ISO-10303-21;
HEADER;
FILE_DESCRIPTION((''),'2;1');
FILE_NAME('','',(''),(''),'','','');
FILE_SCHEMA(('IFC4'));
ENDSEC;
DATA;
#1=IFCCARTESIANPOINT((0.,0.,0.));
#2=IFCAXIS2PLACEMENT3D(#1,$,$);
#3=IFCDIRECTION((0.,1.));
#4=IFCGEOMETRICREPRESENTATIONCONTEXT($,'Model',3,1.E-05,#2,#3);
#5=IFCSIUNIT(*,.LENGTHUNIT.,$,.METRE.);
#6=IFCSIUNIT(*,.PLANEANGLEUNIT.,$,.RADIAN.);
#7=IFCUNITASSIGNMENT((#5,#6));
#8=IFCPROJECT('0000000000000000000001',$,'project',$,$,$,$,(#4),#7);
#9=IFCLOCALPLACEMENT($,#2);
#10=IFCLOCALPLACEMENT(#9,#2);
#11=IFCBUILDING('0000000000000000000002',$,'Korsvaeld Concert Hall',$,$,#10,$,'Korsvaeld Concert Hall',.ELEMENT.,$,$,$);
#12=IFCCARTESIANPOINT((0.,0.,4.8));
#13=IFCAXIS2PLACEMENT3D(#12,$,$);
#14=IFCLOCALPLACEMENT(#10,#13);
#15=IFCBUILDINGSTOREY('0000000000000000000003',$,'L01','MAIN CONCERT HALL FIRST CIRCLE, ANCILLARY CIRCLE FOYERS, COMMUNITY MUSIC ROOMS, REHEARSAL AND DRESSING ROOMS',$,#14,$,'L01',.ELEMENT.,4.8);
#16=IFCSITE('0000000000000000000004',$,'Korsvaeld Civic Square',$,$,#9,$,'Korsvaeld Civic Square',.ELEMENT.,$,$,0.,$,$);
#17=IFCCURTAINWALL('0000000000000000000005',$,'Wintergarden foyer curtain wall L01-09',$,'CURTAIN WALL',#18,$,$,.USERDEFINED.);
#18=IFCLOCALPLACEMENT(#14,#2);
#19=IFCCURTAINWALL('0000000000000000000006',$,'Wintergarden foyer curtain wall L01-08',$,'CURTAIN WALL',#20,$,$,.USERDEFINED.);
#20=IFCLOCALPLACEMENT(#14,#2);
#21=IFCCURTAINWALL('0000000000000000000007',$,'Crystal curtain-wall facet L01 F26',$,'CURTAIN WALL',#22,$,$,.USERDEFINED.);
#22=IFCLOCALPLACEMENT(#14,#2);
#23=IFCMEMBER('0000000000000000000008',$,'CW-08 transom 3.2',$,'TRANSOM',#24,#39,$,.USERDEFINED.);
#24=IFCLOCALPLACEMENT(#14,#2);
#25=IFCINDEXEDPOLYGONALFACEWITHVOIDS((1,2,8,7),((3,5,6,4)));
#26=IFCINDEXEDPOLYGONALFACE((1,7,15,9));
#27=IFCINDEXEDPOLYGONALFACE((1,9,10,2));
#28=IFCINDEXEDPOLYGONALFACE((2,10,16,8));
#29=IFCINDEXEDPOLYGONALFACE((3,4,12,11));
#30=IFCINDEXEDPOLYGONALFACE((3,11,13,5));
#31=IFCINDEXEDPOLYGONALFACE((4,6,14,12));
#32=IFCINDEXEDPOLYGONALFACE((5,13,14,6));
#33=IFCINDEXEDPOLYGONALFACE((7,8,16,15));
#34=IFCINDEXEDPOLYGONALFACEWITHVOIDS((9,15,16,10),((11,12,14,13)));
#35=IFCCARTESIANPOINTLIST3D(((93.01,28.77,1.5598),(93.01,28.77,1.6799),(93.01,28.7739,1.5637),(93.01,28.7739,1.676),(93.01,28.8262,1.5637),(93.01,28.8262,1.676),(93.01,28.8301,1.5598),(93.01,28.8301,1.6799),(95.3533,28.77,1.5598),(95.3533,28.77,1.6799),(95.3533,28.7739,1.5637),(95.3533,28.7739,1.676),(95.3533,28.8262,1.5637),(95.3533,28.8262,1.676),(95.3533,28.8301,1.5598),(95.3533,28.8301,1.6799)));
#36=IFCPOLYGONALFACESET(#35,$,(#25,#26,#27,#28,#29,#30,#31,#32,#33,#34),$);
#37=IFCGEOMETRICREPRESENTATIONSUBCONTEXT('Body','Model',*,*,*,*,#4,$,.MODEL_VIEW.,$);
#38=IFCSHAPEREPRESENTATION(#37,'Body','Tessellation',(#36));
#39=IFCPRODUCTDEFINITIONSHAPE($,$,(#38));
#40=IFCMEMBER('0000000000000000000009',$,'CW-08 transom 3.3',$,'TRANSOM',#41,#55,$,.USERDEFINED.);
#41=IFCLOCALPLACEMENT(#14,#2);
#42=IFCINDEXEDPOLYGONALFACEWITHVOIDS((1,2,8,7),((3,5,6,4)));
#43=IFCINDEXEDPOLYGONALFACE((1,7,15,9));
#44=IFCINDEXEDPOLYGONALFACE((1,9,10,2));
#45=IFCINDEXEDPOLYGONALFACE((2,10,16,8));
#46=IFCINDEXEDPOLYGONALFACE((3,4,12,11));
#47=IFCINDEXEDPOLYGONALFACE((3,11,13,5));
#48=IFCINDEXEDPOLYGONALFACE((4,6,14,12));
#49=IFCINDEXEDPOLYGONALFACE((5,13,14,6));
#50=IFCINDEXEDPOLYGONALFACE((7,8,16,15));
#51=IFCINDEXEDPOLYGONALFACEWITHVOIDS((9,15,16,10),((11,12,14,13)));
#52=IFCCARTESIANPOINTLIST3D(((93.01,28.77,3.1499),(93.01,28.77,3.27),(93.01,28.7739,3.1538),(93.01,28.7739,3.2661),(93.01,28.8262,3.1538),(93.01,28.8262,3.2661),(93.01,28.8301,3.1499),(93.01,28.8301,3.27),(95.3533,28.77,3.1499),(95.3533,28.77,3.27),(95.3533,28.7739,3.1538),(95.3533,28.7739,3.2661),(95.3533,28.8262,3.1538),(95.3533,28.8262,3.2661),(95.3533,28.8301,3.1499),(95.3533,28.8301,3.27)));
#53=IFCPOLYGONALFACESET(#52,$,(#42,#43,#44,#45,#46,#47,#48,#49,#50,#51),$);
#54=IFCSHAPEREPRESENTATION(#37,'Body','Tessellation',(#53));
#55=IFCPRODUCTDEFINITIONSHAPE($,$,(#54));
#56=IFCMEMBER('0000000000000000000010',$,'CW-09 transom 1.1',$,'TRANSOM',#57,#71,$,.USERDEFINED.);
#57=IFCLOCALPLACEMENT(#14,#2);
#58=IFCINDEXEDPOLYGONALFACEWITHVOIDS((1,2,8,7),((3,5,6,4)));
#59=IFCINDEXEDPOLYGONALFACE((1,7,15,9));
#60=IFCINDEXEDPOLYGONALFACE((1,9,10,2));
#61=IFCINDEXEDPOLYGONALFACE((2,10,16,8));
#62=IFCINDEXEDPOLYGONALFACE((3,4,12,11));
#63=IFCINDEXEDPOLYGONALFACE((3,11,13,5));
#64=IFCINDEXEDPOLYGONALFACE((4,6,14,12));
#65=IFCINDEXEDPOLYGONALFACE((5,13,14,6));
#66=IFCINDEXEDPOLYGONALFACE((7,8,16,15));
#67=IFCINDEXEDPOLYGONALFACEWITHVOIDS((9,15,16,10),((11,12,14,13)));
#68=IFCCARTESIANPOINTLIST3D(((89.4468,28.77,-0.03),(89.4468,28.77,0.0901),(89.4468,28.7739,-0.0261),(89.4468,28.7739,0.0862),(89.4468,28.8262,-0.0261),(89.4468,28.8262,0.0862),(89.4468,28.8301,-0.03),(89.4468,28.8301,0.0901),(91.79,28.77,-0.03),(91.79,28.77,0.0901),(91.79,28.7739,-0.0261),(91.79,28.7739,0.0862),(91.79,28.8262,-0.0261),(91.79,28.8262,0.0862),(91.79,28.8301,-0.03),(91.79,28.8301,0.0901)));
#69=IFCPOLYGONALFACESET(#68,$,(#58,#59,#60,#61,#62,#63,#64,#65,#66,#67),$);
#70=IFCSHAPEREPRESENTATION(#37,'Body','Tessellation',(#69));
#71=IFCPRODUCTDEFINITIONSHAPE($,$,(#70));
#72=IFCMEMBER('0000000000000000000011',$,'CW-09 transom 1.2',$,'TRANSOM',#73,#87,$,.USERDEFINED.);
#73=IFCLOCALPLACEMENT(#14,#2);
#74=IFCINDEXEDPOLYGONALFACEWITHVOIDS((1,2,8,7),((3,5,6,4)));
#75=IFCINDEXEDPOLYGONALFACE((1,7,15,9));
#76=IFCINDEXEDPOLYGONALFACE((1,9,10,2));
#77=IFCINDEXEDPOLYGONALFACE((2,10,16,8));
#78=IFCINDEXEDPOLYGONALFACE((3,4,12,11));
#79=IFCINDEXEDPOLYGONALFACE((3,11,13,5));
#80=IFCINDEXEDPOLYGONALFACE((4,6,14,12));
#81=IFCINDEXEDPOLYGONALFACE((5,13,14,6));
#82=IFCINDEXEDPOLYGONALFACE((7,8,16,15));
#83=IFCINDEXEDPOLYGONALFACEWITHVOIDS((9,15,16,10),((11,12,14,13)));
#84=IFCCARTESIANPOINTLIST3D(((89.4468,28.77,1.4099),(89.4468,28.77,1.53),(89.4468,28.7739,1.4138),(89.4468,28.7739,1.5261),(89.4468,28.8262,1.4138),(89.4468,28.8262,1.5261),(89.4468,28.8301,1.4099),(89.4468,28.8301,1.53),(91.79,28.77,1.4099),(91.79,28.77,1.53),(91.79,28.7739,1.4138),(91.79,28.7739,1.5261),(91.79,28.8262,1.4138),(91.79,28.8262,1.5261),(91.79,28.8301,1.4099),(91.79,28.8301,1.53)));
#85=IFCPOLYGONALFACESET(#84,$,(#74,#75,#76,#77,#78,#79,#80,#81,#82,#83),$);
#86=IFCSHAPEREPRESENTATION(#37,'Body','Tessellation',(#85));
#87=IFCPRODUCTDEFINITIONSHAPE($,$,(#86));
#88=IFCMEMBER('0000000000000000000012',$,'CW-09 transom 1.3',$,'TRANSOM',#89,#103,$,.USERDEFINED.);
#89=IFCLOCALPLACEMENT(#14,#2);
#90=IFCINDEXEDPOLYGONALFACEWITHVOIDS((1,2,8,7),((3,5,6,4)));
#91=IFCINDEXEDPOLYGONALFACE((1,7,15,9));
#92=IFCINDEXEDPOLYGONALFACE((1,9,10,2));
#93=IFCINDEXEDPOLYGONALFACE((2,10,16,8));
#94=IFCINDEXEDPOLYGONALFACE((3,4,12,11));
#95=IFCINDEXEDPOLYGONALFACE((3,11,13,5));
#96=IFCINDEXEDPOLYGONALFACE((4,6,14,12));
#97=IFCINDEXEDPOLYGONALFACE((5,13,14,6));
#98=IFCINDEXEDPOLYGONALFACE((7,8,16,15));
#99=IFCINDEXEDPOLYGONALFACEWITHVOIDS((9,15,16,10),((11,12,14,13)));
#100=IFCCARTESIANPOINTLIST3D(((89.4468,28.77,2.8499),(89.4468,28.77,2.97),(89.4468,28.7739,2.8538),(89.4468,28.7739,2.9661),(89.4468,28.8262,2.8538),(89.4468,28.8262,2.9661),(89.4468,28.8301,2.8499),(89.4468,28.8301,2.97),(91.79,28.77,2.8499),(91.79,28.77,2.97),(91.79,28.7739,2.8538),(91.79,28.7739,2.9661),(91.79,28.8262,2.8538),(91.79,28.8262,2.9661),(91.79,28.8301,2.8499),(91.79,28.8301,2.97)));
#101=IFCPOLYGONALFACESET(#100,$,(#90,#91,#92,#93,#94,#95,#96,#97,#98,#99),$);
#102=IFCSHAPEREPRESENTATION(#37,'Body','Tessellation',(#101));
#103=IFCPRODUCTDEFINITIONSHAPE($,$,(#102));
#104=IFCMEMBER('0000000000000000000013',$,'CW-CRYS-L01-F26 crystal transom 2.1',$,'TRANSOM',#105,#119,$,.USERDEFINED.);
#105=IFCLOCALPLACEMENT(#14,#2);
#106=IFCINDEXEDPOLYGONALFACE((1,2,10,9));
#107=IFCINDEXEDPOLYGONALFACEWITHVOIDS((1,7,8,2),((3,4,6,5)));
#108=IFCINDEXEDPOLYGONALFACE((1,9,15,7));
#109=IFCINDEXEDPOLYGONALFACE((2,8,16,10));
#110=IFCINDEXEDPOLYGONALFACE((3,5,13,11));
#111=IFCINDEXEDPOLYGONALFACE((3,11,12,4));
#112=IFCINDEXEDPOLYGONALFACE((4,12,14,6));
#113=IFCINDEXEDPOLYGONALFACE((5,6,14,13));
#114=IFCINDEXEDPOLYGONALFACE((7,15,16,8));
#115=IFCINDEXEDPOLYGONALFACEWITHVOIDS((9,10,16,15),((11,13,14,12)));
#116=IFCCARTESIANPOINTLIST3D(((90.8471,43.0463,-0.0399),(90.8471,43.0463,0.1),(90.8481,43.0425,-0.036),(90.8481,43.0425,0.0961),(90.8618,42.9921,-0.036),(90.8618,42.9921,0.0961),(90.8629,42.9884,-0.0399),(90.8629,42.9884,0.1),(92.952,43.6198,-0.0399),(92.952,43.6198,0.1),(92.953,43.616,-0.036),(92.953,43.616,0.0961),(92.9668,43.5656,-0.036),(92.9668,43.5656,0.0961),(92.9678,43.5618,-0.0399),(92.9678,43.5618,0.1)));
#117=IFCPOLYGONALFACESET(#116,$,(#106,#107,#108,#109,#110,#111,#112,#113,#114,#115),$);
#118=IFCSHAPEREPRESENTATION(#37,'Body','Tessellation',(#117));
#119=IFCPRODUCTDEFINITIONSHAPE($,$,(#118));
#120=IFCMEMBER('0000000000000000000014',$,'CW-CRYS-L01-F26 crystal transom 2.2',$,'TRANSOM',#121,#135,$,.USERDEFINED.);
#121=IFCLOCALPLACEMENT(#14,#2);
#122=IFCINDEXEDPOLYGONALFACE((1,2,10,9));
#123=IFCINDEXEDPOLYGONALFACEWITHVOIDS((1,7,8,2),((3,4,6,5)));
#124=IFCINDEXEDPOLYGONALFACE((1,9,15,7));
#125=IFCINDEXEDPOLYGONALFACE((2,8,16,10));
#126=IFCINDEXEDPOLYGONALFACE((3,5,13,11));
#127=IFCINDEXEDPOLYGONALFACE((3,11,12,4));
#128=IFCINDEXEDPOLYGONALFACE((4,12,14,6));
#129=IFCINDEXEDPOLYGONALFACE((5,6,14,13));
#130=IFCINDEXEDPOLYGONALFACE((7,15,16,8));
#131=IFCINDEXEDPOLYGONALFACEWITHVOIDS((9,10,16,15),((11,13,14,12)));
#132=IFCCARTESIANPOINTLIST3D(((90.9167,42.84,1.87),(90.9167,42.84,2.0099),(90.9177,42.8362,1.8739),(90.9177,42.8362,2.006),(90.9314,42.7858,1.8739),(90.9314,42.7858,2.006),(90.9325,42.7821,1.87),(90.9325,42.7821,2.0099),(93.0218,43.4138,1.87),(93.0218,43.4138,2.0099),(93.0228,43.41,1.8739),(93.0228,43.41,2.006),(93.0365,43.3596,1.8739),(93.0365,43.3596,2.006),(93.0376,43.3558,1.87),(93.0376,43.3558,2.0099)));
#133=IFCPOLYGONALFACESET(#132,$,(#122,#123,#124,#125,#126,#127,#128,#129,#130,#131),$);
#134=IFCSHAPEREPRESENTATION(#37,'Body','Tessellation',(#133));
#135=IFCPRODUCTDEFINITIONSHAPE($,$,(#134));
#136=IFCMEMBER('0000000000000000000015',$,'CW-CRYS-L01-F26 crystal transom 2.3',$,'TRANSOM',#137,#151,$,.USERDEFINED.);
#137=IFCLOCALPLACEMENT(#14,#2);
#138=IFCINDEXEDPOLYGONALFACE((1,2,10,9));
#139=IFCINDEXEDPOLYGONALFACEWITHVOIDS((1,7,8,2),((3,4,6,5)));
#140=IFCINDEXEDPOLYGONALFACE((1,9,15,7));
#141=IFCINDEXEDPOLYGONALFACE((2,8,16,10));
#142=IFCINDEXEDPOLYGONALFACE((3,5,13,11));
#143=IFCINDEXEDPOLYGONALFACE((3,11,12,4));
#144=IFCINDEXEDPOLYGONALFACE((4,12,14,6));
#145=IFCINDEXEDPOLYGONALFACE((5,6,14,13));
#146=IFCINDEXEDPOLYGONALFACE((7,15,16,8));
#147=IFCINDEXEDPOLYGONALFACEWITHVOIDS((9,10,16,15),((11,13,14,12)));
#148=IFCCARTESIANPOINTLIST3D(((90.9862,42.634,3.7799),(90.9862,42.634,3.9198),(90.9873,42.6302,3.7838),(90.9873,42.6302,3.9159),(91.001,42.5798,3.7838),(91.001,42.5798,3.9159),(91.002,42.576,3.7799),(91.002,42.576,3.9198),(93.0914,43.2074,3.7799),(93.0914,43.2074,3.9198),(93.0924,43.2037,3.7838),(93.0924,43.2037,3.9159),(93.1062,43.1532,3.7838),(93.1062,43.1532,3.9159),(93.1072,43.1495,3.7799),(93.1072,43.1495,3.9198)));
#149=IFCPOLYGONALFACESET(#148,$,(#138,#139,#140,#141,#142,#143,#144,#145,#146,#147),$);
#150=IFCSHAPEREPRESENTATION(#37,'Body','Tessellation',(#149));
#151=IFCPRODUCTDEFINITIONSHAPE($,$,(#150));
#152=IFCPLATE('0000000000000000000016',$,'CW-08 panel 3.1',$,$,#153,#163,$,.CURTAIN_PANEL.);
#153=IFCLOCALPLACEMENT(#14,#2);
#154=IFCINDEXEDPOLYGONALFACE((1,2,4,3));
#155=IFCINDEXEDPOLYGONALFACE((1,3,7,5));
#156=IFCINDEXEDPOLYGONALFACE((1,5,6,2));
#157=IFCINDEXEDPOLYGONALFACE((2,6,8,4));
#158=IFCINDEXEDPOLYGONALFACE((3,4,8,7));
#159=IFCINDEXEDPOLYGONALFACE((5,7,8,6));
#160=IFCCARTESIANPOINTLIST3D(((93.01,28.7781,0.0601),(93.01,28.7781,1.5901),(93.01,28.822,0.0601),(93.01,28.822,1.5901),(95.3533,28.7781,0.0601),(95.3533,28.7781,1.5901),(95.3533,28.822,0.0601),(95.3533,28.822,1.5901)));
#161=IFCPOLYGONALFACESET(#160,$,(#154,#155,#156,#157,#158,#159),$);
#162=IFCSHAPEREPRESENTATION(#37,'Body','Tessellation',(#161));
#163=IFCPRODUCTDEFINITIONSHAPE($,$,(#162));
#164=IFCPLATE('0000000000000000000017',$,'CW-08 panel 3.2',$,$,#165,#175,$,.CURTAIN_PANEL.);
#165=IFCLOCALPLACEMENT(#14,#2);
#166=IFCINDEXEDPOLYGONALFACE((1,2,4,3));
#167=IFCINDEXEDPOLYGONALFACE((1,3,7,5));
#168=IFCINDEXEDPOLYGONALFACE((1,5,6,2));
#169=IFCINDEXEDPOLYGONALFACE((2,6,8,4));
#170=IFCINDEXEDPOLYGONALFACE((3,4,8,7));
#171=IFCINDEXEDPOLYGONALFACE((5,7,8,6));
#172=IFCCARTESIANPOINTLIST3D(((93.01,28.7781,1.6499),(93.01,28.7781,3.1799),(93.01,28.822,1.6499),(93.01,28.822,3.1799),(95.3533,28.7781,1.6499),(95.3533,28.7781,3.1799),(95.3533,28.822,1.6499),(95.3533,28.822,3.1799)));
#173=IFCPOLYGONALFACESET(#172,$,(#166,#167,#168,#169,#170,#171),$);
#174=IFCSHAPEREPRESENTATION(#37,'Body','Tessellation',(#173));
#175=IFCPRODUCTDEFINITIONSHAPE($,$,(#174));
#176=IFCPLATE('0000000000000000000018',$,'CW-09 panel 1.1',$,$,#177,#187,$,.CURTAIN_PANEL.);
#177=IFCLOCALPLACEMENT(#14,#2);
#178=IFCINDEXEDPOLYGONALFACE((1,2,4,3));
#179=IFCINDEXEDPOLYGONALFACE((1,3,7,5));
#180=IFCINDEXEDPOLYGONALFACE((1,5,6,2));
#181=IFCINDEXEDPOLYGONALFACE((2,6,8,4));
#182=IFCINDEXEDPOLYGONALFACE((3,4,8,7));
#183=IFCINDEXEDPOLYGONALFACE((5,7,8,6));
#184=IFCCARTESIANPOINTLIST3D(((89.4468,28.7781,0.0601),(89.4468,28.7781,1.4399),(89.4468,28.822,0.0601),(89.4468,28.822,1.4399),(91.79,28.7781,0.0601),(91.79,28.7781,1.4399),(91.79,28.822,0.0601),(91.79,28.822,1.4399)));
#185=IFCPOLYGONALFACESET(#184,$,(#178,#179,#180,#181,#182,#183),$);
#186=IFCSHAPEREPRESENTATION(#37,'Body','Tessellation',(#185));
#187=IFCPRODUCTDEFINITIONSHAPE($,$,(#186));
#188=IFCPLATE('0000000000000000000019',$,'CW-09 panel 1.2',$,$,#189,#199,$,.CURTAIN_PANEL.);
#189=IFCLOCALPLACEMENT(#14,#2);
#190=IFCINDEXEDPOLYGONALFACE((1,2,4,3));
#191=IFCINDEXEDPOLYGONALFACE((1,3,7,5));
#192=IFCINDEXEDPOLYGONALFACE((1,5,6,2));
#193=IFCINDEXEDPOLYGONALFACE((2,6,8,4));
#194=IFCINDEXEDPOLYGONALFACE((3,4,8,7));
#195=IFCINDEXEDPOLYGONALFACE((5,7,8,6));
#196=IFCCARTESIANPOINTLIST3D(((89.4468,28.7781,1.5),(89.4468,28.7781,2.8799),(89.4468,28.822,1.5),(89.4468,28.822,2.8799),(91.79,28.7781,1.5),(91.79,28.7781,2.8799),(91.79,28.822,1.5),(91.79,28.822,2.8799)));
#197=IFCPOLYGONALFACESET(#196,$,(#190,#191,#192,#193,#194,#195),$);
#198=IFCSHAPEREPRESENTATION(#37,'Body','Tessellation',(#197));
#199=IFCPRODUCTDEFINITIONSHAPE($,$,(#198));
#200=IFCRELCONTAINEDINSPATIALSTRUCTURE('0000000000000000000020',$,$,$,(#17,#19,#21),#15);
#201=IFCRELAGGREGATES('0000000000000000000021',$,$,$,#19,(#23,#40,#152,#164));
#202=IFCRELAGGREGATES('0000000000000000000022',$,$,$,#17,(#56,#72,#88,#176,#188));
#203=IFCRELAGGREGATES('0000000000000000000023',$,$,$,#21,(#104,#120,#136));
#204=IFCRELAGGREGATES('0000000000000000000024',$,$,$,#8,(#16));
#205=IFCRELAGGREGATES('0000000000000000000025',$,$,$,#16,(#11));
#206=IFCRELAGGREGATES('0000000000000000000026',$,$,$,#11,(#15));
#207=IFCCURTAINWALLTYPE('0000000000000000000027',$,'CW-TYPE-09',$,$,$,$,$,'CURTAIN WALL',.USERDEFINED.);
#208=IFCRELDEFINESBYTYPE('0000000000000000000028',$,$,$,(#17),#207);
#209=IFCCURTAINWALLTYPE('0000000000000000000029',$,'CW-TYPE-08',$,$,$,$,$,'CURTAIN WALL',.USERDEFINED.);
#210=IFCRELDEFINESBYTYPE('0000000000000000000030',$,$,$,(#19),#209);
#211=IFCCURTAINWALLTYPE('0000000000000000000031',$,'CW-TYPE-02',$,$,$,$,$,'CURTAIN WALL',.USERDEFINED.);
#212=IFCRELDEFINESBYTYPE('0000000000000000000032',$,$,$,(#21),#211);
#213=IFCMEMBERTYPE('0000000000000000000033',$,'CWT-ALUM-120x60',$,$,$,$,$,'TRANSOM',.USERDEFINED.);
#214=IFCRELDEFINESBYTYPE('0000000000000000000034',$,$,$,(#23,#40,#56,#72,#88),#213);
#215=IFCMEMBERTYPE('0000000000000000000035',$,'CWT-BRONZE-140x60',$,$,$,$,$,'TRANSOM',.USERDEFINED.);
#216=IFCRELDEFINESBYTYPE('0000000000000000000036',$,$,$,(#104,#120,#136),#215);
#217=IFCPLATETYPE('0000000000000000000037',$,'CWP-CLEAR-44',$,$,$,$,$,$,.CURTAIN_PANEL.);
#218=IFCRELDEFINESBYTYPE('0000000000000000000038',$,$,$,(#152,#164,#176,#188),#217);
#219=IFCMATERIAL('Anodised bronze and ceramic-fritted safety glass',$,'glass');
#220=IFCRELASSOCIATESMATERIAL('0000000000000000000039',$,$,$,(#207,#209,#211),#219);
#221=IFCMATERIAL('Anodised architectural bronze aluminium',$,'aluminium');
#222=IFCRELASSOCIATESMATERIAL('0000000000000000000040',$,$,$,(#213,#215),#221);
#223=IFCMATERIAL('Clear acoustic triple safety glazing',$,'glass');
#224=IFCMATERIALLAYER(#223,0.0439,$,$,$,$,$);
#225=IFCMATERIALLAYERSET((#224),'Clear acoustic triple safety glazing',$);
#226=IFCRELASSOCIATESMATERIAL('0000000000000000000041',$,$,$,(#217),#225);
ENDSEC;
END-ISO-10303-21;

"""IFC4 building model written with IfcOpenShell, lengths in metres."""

from ifc_helpers import new_model, si_unit, direction, frame, origin, origin_2d, place, context, subcontext, project, spatial, rectangle, hollow_rectangle, extrude, material, layer, layer_set, material_profile, profile_set, type_object, element, aggregate, save


model = new_model("IFC4")

# Units and contexts
model_context = context("Model", 3, precision=1e-05, world=origin(), true_north=direction((0.0, 1.0)))
body_context = subcontext(model_context, "Body", "Model", "MODEL_VIEW")
ifc_project = project(units=[si_unit("LENGTHUNIT", "METRE"), si_unit("PLANEANGLEUNIT", "RADIAN")], contexts=[model_context])

# Site, building, storey
site_placement = place(None, origin())
site = spatial("IfcSite", under=ifc_project, at=site_placement, Name="Korsvaeld Civic Square", LongName="Korsvaeld Civic Square", CompositionType="ELEMENT", RefElevation=0.0)
building_placement = place(site_placement, origin())
building = spatial("IfcBuilding", under=site, at=building_placement, Name="Korsvaeld Concert Hall", LongName="Korsvaeld Concert Hall", CompositionType="ELEMENT")
storey_placement = place(building_placement, frame((0.0, 0.0, 4.8)))
storey = spatial("IfcBuildingStorey", under=building, at=storey_placement, Name="L01", Description="MAIN CONCERT HALL FIRST CIRCLE, ANCILLARY CIRCLE FOYERS, COMMUNITY MUSIC ROOMS, REHEARSAL AND DRESSING ROOMS", LongName="L01", CompositionType="ELEMENT", Elevation=4.8)

# Curtain walls
ifc_material_1 = material(Name="Anodised bronze and ceramic-fritted safety glass", Category="glass")
curtain_wall_type_1 = type_object("IfcCurtainWallType", Name="CW-TYPE-09", ElementType="CURTAIN WALL", PredefinedType="USERDEFINED", material=ifc_material_1)
curtain_wall_1_placement = place(storey_placement, origin())
curtain_wall_1 = element("IfcCurtainWall", 1, at=curtain_wall_1_placement, inside=storey, type_object=curtain_wall_type_1, Name="Wintergarden foyer curtain wall L01-09", ObjectType="CURTAIN WALL", PredefinedType="USERDEFINED")
ifc_material_2 = material(Name="Anodised architectural bronze aluminium", Category="aluminium")
curtain_wall_type_2 = type_object("IfcCurtainWallType", Name="CW-TYPE-08", ElementType="CURTAIN WALL", PredefinedType="USERDEFINED", material=ifc_material_1)
curtain_wall_2_placement = place(storey_placement, origin())
curtain_wall_2 = element("IfcCurtainWall", 2, at=curtain_wall_2_placement, inside=storey, type_object=curtain_wall_type_2, Name="Wintergarden foyer curtain wall L01-08", ObjectType="CURTAIN WALL", PredefinedType="USERDEFINED")

# Curtain wall
curtain_wall_type_3 = type_object("IfcCurtainWallType", Name="CW-TYPE-02", ElementType="CURTAIN WALL", PredefinedType="USERDEFINED", material=ifc_material_1)
curtain_wall_3_placement = place(storey_placement, origin())
curtain_wall_3 = element("IfcCurtainWall", 3, at=curtain_wall_3_placement, inside=storey, type_object=curtain_wall_type_3, Name="Crystal curtain-wall facet L01 F26", ObjectType="CURTAIN WALL", PredefinedType="USERDEFINED")

# Members
ifc_material_profile_1 = material_profile(ifc_material_2, hollow_rectangle(XDim=0.0601, YDim=0.1201, WallThickness=0.0039, at=origin_2d()), Name="CWT 120x60x4")
ifc_profile_set_1 = profile_set([ifc_material_profile_1], Name="Anodised architectural bronze aluminium")
member_type_1 = type_object("IfcMemberType", Name="CWT-ALUM-120x60", ElementType="TRANSOM", PredefinedType="USERDEFINED", material=ifc_profile_set_1)
member_1_placement = place(storey_placement, frame((95.3533, 28.8, 1.6199), z_axis=(-1.0, 0.0, 0.0), x_axis=(0.0, -1.0, 0.0)))
member_1 = element("IfcMember", 4, at=member_1_placement, type_object=member_type_1, Name="CW-08 transom 3.2", ObjectType="TRANSOM", PredefinedType="USERDEFINED", context=body_context, shape_type="SweptSolid", body=[
    extrude(hollow_rectangle(XDim=0.0601, YDim=0.1201, WallThickness=0.0039, at=origin_2d()), origin(), (0.0, 0.0, 1.0), 2.3433),
])
member_2_placement = place(storey_placement, frame((95.3533, 28.8, 3.21), z_axis=(-1.0, 0.0, 0.0), x_axis=(0.0, -1.0, 0.0)))
member_2 = element("IfcMember", 5, at=member_2_placement, type_object=member_type_1, Name="CW-08 transom 3.3", ObjectType="TRANSOM", PredefinedType="USERDEFINED", context=body_context, shape_type="SweptSolid", body=[
    extrude(hollow_rectangle(XDim=0.0601, YDim=0.1201, WallThickness=0.0039, at=origin_2d()), origin(), (0.0, 0.0, 1.0), 2.3433),
])
member_3_placement = place(storey_placement, frame((91.79, 28.8, 0.03), z_axis=(-1.0, 0.0, 0.0), x_axis=(0.0, -1.0, 0.0)))
member_3 = element("IfcMember", 6, at=member_3_placement, type_object=member_type_1, Name="CW-09 transom 1.1", ObjectType="TRANSOM", PredefinedType="USERDEFINED", context=body_context, shape_type="SweptSolid", body=[
    extrude(hollow_rectangle(XDim=0.0601, YDim=0.1201, WallThickness=0.0039, at=origin_2d()), origin(), (0.0, 0.0, 1.0), 2.3433),
])
member_4_placement = place(storey_placement, frame((91.79, 28.8, 1.47), z_axis=(-1.0, 0.0, 0.0), x_axis=(0.0, -1.0, 0.0)))
member_4 = element("IfcMember", 7, at=member_4_placement, type_object=member_type_1, Name="CW-09 transom 1.2", ObjectType="TRANSOM", PredefinedType="USERDEFINED", context=body_context, shape_type="SweptSolid", body=[
    extrude(hollow_rectangle(XDim=0.0601, YDim=0.1201, WallThickness=0.0039, at=origin_2d()), origin(), (0.0, 0.0, 1.0), 2.3433),
])
member_5_placement = place(storey_placement, frame((91.79, 28.8, 2.9099), z_axis=(-1.0, 0.0, 0.0), x_axis=(0.0, -1.0, 0.0)))
member_5 = element("IfcMember", 8, at=member_5_placement, type_object=member_type_1, Name="CW-09 transom 1.3", ObjectType="TRANSOM", PredefinedType="USERDEFINED", context=body_context, shape_type="SweptSolid", body=[
    extrude(hollow_rectangle(XDim=0.0601, YDim=0.1201, WallThickness=0.0039, at=origin_2d()), origin(), (0.0, 0.0, 1.0), 2.3433),
])
ifc_material_profile_2 = material_profile(ifc_material_2, hollow_rectangle(XDim=0.0601, YDim=0.1399, WallThickness=0.0039, at=origin_2d()), Name="CWT 140x60x4")
ifc_profile_set_2 = profile_set([ifc_material_profile_2], Name="Anodised architectural bronze aluminium")
member_type_2 = type_object("IfcMemberType", Name="CWT-BRONZE-140x60", ElementType="TRANSOM", PredefinedType="USERDEFINED", material=ifc_profile_set_2)
member_6_placement = place(storey_placement, frame((90.855, 43.0173, 0.03), z_axis=(0.964834, 0.262862, 0.0), x_axis=(-0.262862, 0.964834, 0.0)))
member_6 = element("IfcMember", 9, at=member_6_placement, type_object=member_type_2, Name="CW-CRYS-L01-F26 crystal transom 2.1", ObjectType="TRANSOM", PredefinedType="USERDEFINED", context=body_context, shape_type="SweptSolid", body=[
    extrude(hollow_rectangle(XDim=0.0601, YDim=0.1399, WallThickness=0.0039, at=origin_2d()), origin(), (0.0, 0.0, 1.0), 2.1816),
])
member_7_placement = place(storey_placement, frame((90.9246, 42.811, 1.9399), z_axis=(0.964805, 0.262966, 0.0), x_axis=(-0.262966, 0.964805, 0.0)))
member_7 = element("IfcMember", 10, at=member_7_placement, type_object=member_type_2, Name="CW-CRYS-L01-F26 crystal transom 2.2", ObjectType="TRANSOM", PredefinedType="USERDEFINED", context=body_context, shape_type="SweptSolid", body=[
    extrude(hollow_rectangle(XDim=0.0601, YDim=0.1399, WallThickness=0.0039, at=origin_2d()), origin(), (0.0, 0.0, 1.0), 2.1819),
])
member_8_placement = place(storey_placement, frame((90.9941, 42.605, 3.8499), z_axis=(0.964841, 0.262833, 0.0), x_axis=(-0.262833, 0.964841, 0.0)))
member_8 = element("IfcMember", 11, at=member_8_placement, type_object=member_type_2, Name="CW-CRYS-L01-F26 crystal transom 2.3", ObjectType="TRANSOM", PredefinedType="USERDEFINED", context=body_context, shape_type="SweptSolid", body=[
    extrude(hollow_rectangle(XDim=0.0601, YDim=0.1399, WallThickness=0.0039, at=origin_2d()), origin(), (0.0, 0.0, 1.0), 2.1819),
])

# Plates
ifc_material_3 = material(Name="Clear acoustic triple safety glazing", Category="glass")
ifc_layer_1 = layer(ifc_material_3, 0.0439)
ifc_layer_set_1 = layer_set([ifc_layer_1], Name="Clear acoustic triple safety glazing")
plate_type_1 = type_object("IfcPlateType", Name="CWP-CLEAR-44", PredefinedType="CURTAIN_PANEL", material=ifc_layer_set_1)
plate_1_placement = place(storey_placement, frame((94.1816, 28.8, 0.0601), z_axis=(0.0, 0.0, 1.0), x_axis=(-1.0, 0.0, 0.0)))
plate_1 = element("IfcPlate", 12, at=plate_1_placement, type_object=plate_type_1, Name="CW-08 panel 3.1", PredefinedType="CURTAIN_PANEL", context=body_context, shape_type="SweptSolid", body=[
    extrude(rectangle(XDim=2.3433, YDim=0.0439, at=origin_2d()), origin(), (0.0, 0.0, 1.0), 1.53),
])
plate_2_placement = place(storey_placement, frame((94.1816, 28.8, 1.6499), z_axis=(0.0, 0.0, 1.0), x_axis=(-1.0, 0.0, 0.0)))
plate_2 = element("IfcPlate", 13, at=plate_2_placement, type_object=plate_type_1, Name="CW-08 panel 3.2", PredefinedType="CURTAIN_PANEL", context=body_context, shape_type="SweptSolid", body=[
    extrude(rectangle(XDim=2.3433, YDim=0.0439, at=origin_2d()), origin(), (0.0, 0.0, 1.0), 1.53),
])
aggregate(curtain_wall_2, [member_1, member_2, plate_1, plate_2])
plate_3_placement = place(storey_placement, frame((90.6184, 28.8, 0.0601), z_axis=(0.0, 0.0, 1.0), x_axis=(-1.0, 0.0, 0.0)))
plate_3 = element("IfcPlate", 14, at=plate_3_placement, type_object=plate_type_1, Name="CW-09 panel 1.1", PredefinedType="CURTAIN_PANEL", context=body_context, shape_type="SweptSolid", body=[
    extrude(rectangle(XDim=2.3433, YDim=0.0439, at=origin_2d()), origin(), (0.0, 0.0, 1.0), 1.3799),
])
plate_4_placement = place(storey_placement, frame((90.6184, 28.8, 1.5), z_axis=(0.0, 0.0, 1.0), x_axis=(-1.0, 0.0, 0.0)))
plate_4 = element("IfcPlate", 15, at=plate_4_placement, type_object=plate_type_1, Name="CW-09 panel 1.2", PredefinedType="CURTAIN_PANEL", context=body_context, shape_type="SweptSolid", body=[
    extrude(rectangle(XDim=2.3433, YDim=0.0439, at=origin_2d()), origin(), (0.0, 0.0, 1.0), 1.3799),
])
aggregate(curtain_wall_1, [member_3, member_4, member_5, plate_3, plate_4])
aggregate(curtain_wall_3, [member_6, member_7, member_8])

save(model, "model.ifc")
